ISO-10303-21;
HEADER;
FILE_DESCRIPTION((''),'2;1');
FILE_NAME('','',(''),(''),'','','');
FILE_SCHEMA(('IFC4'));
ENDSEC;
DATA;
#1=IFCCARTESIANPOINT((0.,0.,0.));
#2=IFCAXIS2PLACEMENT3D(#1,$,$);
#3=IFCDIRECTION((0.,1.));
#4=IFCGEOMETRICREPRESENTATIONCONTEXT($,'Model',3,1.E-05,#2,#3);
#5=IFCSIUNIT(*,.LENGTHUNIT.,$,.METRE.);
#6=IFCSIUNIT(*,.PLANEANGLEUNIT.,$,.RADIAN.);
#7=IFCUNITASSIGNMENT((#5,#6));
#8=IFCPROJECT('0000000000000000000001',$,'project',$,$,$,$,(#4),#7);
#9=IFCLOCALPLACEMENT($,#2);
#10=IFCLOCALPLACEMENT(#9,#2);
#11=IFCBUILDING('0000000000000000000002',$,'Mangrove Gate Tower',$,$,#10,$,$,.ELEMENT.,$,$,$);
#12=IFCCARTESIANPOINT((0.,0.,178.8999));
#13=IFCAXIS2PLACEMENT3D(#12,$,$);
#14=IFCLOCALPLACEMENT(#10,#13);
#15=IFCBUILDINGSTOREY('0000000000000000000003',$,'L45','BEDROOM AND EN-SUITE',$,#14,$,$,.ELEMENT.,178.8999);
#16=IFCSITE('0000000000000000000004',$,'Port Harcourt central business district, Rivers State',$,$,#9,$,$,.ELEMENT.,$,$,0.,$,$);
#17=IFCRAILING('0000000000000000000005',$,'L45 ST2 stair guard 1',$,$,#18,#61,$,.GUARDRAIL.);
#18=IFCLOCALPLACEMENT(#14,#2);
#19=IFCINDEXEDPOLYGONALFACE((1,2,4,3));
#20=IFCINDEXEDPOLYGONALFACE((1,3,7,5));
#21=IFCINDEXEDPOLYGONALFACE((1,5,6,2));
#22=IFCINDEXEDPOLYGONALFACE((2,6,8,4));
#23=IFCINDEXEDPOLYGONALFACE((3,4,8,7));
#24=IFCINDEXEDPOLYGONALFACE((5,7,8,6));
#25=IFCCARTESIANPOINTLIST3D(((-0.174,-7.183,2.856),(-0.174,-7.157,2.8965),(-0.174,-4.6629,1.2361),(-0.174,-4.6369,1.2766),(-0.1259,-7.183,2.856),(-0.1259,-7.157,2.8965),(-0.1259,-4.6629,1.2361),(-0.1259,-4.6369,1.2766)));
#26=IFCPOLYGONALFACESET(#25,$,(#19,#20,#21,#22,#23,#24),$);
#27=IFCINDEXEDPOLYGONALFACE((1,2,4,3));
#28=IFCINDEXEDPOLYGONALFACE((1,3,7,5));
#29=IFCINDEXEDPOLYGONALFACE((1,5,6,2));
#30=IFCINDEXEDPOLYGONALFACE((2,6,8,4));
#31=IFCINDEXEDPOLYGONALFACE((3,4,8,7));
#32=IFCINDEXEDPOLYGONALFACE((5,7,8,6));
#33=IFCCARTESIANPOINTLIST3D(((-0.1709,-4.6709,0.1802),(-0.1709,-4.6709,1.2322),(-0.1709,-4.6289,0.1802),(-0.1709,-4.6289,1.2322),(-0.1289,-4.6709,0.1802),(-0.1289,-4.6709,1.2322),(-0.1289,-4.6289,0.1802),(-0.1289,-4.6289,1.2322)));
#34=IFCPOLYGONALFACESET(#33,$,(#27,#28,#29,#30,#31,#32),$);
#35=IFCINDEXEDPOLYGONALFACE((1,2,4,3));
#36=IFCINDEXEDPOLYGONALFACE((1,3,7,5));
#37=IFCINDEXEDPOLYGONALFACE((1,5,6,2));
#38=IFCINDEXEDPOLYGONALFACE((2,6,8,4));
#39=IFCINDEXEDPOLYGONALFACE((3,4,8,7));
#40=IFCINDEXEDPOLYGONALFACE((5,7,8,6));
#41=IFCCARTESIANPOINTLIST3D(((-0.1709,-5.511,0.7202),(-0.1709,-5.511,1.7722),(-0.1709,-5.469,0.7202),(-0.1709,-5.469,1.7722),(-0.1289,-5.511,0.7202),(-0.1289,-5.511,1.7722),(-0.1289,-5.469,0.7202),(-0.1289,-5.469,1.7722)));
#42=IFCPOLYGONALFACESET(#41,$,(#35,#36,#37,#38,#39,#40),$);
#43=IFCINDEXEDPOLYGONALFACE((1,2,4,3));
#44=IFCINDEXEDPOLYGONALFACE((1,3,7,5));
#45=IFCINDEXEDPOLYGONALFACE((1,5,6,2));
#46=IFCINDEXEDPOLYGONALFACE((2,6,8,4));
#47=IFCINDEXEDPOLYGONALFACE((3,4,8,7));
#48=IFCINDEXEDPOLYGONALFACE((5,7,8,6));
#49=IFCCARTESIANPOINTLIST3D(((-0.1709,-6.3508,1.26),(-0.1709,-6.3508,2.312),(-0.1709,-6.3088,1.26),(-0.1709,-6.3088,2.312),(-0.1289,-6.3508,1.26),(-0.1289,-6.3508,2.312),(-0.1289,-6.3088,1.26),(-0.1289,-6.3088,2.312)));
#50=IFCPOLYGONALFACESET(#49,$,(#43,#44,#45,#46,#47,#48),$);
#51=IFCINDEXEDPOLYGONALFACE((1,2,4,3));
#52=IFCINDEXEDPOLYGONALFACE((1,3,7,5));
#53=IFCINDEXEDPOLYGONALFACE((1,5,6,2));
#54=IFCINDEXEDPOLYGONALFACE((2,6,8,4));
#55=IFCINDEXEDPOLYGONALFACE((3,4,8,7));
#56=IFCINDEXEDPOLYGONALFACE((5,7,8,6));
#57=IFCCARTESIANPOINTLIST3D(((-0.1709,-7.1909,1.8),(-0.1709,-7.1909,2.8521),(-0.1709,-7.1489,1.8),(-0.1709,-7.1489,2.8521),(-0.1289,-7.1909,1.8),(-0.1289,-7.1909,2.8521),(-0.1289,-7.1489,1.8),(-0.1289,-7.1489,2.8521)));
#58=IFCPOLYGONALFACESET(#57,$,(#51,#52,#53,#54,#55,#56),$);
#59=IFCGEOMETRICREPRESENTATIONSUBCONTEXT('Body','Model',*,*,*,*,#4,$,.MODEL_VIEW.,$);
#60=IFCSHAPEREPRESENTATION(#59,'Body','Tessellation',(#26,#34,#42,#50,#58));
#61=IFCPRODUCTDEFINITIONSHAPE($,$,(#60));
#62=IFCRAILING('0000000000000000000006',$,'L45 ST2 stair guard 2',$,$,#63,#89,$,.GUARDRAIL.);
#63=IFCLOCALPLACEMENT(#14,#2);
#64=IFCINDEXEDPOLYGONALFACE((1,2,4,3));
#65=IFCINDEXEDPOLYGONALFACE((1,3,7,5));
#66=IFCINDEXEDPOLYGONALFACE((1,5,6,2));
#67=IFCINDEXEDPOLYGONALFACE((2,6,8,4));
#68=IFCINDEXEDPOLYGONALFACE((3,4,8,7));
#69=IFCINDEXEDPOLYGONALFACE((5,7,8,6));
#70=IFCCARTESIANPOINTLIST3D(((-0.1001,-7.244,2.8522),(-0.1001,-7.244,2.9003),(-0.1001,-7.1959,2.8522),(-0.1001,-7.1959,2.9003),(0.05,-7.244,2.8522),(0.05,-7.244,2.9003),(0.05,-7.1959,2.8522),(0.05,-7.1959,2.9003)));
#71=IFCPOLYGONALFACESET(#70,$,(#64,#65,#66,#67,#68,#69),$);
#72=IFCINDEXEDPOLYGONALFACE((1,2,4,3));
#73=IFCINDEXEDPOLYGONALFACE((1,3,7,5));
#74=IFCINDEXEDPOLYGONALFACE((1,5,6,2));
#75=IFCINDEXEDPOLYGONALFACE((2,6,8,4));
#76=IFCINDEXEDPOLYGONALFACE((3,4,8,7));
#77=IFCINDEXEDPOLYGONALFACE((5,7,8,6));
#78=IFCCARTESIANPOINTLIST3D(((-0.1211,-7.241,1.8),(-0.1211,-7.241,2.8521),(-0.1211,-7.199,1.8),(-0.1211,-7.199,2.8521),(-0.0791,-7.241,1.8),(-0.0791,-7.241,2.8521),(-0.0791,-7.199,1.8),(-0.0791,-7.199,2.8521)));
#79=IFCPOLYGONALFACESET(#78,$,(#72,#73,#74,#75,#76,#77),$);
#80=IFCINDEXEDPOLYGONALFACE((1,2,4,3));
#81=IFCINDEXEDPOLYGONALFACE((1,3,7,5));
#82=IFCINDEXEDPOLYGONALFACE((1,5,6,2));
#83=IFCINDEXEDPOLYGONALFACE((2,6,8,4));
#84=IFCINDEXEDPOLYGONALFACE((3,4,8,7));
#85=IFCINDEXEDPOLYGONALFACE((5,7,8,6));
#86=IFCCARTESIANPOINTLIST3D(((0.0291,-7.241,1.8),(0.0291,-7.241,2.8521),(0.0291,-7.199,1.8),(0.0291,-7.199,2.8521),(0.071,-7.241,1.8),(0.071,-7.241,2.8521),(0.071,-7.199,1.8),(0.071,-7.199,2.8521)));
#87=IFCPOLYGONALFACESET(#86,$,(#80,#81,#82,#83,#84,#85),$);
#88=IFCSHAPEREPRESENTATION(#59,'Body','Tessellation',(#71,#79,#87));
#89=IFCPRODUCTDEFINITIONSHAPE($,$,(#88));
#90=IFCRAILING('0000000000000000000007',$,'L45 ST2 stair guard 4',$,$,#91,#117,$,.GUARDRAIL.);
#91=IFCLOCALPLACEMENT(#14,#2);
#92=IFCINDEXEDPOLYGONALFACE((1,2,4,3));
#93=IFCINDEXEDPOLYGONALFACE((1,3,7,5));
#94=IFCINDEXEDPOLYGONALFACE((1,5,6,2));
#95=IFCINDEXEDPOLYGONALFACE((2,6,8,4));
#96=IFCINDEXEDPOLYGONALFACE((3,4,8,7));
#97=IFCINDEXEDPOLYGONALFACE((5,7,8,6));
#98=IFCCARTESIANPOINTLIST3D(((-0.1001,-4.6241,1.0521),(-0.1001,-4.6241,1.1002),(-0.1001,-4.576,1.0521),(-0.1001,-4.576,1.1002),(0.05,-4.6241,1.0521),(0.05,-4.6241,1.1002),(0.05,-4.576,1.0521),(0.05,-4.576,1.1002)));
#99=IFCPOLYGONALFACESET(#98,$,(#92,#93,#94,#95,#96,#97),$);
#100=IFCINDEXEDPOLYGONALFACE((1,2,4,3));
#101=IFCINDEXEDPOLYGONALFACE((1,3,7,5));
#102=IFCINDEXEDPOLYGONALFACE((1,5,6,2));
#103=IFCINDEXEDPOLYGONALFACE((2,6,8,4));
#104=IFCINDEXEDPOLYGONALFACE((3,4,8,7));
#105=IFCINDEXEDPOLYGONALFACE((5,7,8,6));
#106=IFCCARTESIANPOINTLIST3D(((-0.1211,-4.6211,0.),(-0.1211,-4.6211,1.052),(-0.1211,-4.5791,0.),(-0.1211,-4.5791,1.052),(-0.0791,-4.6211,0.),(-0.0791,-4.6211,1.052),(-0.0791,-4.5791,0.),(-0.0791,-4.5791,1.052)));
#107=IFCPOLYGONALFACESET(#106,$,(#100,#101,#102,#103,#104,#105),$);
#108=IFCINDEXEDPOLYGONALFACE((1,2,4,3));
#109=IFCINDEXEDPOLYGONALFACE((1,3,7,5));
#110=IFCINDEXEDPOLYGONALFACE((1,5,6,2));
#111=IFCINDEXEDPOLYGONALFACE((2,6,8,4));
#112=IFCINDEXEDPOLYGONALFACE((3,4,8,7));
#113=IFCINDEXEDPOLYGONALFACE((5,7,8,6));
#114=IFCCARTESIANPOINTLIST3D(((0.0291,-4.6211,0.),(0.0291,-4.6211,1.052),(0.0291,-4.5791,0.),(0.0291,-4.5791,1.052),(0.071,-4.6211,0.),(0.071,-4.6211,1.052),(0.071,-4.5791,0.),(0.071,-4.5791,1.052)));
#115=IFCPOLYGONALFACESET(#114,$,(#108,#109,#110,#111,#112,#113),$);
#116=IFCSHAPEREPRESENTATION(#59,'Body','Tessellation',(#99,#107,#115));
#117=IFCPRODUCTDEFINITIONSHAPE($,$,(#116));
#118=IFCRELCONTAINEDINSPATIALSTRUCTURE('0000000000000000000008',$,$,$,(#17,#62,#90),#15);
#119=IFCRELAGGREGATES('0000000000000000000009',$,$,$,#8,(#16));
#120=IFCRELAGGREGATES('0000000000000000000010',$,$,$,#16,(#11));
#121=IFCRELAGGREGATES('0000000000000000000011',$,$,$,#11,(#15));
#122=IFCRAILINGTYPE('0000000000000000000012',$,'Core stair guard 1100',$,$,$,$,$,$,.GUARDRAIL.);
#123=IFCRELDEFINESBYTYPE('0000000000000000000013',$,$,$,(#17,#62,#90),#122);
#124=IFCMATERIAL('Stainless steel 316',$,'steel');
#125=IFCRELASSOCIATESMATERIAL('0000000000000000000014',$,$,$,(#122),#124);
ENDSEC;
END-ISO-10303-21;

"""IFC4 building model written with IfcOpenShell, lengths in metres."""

from ifc_helpers import new_model, si_unit, direction, frame, origin, origin_2d, place, context, subcontext, project, spatial, rectangle, extrude, material, type_object, element, save


model = new_model("IFC4")

# Units and contexts
model_context = context("Model", 3, precision=1e-05, world=origin(), true_north=direction((0.0, 1.0)))
body_context = subcontext(model_context, "Body", "Model", "MODEL_VIEW")
ifc_project = project(units=[si_unit("LENGTHUNIT", "METRE"), si_unit("PLANEANGLEUNIT", "RADIAN")], contexts=[model_context])

# Site, building, storey
site_placement = place(None, origin())
site = spatial("IfcSite", under=ifc_project, at=site_placement, Name="Port Harcourt central business district, Rivers State", CompositionType="ELEMENT", RefElevation=0.0)
building_placement = place(site_placement, origin())
building = spatial("IfcBuilding", under=site, at=building_placement, Name="Mangrove Gate Tower", CompositionType="ELEMENT")
storey_placement = place(building_placement, frame((0.0, 0.0, 178.8999)))
storey = spatial("IfcBuildingStorey", under=building, at=storey_placement, Name="L45", Description="BEDROOM AND EN-SUITE", CompositionType="ELEMENT", Elevation=178.8999)

# Railings
ifc_material_1 = material(Name="Stainless steel 316", Category="steel")
railing_type_1 = type_object("IfcRailingType", Name="Core stair guard 1100", PredefinedType="GUARDRAIL", material=ifc_material_1)
railing_1_placement = place(storey_placement, frame((-0.1499, -4.6499, 0.1802)))
element("IfcRailing", 1, at=railing_1_placement, inside=storey, type_object=railing_type_1, Name="L45 ST2 stair guard 1", PredefinedType="GUARDRAIL", context=body_context, shape_type="SweptSolid", body=[
    extrude(rectangle(XDim=0.0481, YDim=0.0481, at=origin_2d()), frame((0.0, 0.0, 1.0762), z_axis=(0.0, -0.8412, 0.540725), x_axis=(1.0, 0.0, 0.0)), (0.0, 0.0, 1.0), 2.9958),
    extrude(rectangle(XDim=0.042, YDim=0.042, at=origin_2d()), origin(), (0.0, 0.0, 1.0), 1.052),
    extrude(rectangle(XDim=0.042, YDim=0.042, at=origin_2d()), frame((0.0, -0.8401, 0.54)), (0.0, 0.0, 1.0), 1.052),
    extrude(rectangle(XDim=0.042, YDim=0.042, at=origin_2d()), frame((0.0, -1.6799, 1.0798)), (0.0, 0.0, 1.0), 1.052),
    extrude(rectangle(XDim=0.042, YDim=0.042, at=origin_2d()), frame((0.0, -2.52, 1.6199)), (0.0, 0.0, 1.0), 1.052),
])
for number, where, name in (
    (2, (-0.1001, -7.22, 1.8), "L45 ST2 stair guard 2"),
    (3, (-0.1001, -4.6001, 0.0), "L45 ST2 stair guard 4"),
):
    element("IfcRailing", number, at=place(storey_placement, frame(where)), inside=storey, type_object=railing_type_1, Name=name, PredefinedType="GUARDRAIL", context=body_context, shape_type="SweptSolid", body=[
        extrude(rectangle(XDim=0.0481, YDim=0.0481, at=origin_2d()), frame((0.0, 0.0, 1.0762), z_axis=(1.0, 0.0, 0.0), x_axis=(0.0, 1.0, 0.0)), (0.0, 0.0, 1.0), 0.1501),
        extrude(rectangle(XDim=0.042, YDim=0.042, at=origin_2d()), origin(), (0.0, 0.0, 1.0), 1.052),
        extrude(rectangle(XDim=0.042, YDim=0.042, at=origin_2d()), frame((0.1501, 0.0, 0.0)), (0.0, 0.0, 1.0), 1.052),
    ])

save(model, "model.ifc")
